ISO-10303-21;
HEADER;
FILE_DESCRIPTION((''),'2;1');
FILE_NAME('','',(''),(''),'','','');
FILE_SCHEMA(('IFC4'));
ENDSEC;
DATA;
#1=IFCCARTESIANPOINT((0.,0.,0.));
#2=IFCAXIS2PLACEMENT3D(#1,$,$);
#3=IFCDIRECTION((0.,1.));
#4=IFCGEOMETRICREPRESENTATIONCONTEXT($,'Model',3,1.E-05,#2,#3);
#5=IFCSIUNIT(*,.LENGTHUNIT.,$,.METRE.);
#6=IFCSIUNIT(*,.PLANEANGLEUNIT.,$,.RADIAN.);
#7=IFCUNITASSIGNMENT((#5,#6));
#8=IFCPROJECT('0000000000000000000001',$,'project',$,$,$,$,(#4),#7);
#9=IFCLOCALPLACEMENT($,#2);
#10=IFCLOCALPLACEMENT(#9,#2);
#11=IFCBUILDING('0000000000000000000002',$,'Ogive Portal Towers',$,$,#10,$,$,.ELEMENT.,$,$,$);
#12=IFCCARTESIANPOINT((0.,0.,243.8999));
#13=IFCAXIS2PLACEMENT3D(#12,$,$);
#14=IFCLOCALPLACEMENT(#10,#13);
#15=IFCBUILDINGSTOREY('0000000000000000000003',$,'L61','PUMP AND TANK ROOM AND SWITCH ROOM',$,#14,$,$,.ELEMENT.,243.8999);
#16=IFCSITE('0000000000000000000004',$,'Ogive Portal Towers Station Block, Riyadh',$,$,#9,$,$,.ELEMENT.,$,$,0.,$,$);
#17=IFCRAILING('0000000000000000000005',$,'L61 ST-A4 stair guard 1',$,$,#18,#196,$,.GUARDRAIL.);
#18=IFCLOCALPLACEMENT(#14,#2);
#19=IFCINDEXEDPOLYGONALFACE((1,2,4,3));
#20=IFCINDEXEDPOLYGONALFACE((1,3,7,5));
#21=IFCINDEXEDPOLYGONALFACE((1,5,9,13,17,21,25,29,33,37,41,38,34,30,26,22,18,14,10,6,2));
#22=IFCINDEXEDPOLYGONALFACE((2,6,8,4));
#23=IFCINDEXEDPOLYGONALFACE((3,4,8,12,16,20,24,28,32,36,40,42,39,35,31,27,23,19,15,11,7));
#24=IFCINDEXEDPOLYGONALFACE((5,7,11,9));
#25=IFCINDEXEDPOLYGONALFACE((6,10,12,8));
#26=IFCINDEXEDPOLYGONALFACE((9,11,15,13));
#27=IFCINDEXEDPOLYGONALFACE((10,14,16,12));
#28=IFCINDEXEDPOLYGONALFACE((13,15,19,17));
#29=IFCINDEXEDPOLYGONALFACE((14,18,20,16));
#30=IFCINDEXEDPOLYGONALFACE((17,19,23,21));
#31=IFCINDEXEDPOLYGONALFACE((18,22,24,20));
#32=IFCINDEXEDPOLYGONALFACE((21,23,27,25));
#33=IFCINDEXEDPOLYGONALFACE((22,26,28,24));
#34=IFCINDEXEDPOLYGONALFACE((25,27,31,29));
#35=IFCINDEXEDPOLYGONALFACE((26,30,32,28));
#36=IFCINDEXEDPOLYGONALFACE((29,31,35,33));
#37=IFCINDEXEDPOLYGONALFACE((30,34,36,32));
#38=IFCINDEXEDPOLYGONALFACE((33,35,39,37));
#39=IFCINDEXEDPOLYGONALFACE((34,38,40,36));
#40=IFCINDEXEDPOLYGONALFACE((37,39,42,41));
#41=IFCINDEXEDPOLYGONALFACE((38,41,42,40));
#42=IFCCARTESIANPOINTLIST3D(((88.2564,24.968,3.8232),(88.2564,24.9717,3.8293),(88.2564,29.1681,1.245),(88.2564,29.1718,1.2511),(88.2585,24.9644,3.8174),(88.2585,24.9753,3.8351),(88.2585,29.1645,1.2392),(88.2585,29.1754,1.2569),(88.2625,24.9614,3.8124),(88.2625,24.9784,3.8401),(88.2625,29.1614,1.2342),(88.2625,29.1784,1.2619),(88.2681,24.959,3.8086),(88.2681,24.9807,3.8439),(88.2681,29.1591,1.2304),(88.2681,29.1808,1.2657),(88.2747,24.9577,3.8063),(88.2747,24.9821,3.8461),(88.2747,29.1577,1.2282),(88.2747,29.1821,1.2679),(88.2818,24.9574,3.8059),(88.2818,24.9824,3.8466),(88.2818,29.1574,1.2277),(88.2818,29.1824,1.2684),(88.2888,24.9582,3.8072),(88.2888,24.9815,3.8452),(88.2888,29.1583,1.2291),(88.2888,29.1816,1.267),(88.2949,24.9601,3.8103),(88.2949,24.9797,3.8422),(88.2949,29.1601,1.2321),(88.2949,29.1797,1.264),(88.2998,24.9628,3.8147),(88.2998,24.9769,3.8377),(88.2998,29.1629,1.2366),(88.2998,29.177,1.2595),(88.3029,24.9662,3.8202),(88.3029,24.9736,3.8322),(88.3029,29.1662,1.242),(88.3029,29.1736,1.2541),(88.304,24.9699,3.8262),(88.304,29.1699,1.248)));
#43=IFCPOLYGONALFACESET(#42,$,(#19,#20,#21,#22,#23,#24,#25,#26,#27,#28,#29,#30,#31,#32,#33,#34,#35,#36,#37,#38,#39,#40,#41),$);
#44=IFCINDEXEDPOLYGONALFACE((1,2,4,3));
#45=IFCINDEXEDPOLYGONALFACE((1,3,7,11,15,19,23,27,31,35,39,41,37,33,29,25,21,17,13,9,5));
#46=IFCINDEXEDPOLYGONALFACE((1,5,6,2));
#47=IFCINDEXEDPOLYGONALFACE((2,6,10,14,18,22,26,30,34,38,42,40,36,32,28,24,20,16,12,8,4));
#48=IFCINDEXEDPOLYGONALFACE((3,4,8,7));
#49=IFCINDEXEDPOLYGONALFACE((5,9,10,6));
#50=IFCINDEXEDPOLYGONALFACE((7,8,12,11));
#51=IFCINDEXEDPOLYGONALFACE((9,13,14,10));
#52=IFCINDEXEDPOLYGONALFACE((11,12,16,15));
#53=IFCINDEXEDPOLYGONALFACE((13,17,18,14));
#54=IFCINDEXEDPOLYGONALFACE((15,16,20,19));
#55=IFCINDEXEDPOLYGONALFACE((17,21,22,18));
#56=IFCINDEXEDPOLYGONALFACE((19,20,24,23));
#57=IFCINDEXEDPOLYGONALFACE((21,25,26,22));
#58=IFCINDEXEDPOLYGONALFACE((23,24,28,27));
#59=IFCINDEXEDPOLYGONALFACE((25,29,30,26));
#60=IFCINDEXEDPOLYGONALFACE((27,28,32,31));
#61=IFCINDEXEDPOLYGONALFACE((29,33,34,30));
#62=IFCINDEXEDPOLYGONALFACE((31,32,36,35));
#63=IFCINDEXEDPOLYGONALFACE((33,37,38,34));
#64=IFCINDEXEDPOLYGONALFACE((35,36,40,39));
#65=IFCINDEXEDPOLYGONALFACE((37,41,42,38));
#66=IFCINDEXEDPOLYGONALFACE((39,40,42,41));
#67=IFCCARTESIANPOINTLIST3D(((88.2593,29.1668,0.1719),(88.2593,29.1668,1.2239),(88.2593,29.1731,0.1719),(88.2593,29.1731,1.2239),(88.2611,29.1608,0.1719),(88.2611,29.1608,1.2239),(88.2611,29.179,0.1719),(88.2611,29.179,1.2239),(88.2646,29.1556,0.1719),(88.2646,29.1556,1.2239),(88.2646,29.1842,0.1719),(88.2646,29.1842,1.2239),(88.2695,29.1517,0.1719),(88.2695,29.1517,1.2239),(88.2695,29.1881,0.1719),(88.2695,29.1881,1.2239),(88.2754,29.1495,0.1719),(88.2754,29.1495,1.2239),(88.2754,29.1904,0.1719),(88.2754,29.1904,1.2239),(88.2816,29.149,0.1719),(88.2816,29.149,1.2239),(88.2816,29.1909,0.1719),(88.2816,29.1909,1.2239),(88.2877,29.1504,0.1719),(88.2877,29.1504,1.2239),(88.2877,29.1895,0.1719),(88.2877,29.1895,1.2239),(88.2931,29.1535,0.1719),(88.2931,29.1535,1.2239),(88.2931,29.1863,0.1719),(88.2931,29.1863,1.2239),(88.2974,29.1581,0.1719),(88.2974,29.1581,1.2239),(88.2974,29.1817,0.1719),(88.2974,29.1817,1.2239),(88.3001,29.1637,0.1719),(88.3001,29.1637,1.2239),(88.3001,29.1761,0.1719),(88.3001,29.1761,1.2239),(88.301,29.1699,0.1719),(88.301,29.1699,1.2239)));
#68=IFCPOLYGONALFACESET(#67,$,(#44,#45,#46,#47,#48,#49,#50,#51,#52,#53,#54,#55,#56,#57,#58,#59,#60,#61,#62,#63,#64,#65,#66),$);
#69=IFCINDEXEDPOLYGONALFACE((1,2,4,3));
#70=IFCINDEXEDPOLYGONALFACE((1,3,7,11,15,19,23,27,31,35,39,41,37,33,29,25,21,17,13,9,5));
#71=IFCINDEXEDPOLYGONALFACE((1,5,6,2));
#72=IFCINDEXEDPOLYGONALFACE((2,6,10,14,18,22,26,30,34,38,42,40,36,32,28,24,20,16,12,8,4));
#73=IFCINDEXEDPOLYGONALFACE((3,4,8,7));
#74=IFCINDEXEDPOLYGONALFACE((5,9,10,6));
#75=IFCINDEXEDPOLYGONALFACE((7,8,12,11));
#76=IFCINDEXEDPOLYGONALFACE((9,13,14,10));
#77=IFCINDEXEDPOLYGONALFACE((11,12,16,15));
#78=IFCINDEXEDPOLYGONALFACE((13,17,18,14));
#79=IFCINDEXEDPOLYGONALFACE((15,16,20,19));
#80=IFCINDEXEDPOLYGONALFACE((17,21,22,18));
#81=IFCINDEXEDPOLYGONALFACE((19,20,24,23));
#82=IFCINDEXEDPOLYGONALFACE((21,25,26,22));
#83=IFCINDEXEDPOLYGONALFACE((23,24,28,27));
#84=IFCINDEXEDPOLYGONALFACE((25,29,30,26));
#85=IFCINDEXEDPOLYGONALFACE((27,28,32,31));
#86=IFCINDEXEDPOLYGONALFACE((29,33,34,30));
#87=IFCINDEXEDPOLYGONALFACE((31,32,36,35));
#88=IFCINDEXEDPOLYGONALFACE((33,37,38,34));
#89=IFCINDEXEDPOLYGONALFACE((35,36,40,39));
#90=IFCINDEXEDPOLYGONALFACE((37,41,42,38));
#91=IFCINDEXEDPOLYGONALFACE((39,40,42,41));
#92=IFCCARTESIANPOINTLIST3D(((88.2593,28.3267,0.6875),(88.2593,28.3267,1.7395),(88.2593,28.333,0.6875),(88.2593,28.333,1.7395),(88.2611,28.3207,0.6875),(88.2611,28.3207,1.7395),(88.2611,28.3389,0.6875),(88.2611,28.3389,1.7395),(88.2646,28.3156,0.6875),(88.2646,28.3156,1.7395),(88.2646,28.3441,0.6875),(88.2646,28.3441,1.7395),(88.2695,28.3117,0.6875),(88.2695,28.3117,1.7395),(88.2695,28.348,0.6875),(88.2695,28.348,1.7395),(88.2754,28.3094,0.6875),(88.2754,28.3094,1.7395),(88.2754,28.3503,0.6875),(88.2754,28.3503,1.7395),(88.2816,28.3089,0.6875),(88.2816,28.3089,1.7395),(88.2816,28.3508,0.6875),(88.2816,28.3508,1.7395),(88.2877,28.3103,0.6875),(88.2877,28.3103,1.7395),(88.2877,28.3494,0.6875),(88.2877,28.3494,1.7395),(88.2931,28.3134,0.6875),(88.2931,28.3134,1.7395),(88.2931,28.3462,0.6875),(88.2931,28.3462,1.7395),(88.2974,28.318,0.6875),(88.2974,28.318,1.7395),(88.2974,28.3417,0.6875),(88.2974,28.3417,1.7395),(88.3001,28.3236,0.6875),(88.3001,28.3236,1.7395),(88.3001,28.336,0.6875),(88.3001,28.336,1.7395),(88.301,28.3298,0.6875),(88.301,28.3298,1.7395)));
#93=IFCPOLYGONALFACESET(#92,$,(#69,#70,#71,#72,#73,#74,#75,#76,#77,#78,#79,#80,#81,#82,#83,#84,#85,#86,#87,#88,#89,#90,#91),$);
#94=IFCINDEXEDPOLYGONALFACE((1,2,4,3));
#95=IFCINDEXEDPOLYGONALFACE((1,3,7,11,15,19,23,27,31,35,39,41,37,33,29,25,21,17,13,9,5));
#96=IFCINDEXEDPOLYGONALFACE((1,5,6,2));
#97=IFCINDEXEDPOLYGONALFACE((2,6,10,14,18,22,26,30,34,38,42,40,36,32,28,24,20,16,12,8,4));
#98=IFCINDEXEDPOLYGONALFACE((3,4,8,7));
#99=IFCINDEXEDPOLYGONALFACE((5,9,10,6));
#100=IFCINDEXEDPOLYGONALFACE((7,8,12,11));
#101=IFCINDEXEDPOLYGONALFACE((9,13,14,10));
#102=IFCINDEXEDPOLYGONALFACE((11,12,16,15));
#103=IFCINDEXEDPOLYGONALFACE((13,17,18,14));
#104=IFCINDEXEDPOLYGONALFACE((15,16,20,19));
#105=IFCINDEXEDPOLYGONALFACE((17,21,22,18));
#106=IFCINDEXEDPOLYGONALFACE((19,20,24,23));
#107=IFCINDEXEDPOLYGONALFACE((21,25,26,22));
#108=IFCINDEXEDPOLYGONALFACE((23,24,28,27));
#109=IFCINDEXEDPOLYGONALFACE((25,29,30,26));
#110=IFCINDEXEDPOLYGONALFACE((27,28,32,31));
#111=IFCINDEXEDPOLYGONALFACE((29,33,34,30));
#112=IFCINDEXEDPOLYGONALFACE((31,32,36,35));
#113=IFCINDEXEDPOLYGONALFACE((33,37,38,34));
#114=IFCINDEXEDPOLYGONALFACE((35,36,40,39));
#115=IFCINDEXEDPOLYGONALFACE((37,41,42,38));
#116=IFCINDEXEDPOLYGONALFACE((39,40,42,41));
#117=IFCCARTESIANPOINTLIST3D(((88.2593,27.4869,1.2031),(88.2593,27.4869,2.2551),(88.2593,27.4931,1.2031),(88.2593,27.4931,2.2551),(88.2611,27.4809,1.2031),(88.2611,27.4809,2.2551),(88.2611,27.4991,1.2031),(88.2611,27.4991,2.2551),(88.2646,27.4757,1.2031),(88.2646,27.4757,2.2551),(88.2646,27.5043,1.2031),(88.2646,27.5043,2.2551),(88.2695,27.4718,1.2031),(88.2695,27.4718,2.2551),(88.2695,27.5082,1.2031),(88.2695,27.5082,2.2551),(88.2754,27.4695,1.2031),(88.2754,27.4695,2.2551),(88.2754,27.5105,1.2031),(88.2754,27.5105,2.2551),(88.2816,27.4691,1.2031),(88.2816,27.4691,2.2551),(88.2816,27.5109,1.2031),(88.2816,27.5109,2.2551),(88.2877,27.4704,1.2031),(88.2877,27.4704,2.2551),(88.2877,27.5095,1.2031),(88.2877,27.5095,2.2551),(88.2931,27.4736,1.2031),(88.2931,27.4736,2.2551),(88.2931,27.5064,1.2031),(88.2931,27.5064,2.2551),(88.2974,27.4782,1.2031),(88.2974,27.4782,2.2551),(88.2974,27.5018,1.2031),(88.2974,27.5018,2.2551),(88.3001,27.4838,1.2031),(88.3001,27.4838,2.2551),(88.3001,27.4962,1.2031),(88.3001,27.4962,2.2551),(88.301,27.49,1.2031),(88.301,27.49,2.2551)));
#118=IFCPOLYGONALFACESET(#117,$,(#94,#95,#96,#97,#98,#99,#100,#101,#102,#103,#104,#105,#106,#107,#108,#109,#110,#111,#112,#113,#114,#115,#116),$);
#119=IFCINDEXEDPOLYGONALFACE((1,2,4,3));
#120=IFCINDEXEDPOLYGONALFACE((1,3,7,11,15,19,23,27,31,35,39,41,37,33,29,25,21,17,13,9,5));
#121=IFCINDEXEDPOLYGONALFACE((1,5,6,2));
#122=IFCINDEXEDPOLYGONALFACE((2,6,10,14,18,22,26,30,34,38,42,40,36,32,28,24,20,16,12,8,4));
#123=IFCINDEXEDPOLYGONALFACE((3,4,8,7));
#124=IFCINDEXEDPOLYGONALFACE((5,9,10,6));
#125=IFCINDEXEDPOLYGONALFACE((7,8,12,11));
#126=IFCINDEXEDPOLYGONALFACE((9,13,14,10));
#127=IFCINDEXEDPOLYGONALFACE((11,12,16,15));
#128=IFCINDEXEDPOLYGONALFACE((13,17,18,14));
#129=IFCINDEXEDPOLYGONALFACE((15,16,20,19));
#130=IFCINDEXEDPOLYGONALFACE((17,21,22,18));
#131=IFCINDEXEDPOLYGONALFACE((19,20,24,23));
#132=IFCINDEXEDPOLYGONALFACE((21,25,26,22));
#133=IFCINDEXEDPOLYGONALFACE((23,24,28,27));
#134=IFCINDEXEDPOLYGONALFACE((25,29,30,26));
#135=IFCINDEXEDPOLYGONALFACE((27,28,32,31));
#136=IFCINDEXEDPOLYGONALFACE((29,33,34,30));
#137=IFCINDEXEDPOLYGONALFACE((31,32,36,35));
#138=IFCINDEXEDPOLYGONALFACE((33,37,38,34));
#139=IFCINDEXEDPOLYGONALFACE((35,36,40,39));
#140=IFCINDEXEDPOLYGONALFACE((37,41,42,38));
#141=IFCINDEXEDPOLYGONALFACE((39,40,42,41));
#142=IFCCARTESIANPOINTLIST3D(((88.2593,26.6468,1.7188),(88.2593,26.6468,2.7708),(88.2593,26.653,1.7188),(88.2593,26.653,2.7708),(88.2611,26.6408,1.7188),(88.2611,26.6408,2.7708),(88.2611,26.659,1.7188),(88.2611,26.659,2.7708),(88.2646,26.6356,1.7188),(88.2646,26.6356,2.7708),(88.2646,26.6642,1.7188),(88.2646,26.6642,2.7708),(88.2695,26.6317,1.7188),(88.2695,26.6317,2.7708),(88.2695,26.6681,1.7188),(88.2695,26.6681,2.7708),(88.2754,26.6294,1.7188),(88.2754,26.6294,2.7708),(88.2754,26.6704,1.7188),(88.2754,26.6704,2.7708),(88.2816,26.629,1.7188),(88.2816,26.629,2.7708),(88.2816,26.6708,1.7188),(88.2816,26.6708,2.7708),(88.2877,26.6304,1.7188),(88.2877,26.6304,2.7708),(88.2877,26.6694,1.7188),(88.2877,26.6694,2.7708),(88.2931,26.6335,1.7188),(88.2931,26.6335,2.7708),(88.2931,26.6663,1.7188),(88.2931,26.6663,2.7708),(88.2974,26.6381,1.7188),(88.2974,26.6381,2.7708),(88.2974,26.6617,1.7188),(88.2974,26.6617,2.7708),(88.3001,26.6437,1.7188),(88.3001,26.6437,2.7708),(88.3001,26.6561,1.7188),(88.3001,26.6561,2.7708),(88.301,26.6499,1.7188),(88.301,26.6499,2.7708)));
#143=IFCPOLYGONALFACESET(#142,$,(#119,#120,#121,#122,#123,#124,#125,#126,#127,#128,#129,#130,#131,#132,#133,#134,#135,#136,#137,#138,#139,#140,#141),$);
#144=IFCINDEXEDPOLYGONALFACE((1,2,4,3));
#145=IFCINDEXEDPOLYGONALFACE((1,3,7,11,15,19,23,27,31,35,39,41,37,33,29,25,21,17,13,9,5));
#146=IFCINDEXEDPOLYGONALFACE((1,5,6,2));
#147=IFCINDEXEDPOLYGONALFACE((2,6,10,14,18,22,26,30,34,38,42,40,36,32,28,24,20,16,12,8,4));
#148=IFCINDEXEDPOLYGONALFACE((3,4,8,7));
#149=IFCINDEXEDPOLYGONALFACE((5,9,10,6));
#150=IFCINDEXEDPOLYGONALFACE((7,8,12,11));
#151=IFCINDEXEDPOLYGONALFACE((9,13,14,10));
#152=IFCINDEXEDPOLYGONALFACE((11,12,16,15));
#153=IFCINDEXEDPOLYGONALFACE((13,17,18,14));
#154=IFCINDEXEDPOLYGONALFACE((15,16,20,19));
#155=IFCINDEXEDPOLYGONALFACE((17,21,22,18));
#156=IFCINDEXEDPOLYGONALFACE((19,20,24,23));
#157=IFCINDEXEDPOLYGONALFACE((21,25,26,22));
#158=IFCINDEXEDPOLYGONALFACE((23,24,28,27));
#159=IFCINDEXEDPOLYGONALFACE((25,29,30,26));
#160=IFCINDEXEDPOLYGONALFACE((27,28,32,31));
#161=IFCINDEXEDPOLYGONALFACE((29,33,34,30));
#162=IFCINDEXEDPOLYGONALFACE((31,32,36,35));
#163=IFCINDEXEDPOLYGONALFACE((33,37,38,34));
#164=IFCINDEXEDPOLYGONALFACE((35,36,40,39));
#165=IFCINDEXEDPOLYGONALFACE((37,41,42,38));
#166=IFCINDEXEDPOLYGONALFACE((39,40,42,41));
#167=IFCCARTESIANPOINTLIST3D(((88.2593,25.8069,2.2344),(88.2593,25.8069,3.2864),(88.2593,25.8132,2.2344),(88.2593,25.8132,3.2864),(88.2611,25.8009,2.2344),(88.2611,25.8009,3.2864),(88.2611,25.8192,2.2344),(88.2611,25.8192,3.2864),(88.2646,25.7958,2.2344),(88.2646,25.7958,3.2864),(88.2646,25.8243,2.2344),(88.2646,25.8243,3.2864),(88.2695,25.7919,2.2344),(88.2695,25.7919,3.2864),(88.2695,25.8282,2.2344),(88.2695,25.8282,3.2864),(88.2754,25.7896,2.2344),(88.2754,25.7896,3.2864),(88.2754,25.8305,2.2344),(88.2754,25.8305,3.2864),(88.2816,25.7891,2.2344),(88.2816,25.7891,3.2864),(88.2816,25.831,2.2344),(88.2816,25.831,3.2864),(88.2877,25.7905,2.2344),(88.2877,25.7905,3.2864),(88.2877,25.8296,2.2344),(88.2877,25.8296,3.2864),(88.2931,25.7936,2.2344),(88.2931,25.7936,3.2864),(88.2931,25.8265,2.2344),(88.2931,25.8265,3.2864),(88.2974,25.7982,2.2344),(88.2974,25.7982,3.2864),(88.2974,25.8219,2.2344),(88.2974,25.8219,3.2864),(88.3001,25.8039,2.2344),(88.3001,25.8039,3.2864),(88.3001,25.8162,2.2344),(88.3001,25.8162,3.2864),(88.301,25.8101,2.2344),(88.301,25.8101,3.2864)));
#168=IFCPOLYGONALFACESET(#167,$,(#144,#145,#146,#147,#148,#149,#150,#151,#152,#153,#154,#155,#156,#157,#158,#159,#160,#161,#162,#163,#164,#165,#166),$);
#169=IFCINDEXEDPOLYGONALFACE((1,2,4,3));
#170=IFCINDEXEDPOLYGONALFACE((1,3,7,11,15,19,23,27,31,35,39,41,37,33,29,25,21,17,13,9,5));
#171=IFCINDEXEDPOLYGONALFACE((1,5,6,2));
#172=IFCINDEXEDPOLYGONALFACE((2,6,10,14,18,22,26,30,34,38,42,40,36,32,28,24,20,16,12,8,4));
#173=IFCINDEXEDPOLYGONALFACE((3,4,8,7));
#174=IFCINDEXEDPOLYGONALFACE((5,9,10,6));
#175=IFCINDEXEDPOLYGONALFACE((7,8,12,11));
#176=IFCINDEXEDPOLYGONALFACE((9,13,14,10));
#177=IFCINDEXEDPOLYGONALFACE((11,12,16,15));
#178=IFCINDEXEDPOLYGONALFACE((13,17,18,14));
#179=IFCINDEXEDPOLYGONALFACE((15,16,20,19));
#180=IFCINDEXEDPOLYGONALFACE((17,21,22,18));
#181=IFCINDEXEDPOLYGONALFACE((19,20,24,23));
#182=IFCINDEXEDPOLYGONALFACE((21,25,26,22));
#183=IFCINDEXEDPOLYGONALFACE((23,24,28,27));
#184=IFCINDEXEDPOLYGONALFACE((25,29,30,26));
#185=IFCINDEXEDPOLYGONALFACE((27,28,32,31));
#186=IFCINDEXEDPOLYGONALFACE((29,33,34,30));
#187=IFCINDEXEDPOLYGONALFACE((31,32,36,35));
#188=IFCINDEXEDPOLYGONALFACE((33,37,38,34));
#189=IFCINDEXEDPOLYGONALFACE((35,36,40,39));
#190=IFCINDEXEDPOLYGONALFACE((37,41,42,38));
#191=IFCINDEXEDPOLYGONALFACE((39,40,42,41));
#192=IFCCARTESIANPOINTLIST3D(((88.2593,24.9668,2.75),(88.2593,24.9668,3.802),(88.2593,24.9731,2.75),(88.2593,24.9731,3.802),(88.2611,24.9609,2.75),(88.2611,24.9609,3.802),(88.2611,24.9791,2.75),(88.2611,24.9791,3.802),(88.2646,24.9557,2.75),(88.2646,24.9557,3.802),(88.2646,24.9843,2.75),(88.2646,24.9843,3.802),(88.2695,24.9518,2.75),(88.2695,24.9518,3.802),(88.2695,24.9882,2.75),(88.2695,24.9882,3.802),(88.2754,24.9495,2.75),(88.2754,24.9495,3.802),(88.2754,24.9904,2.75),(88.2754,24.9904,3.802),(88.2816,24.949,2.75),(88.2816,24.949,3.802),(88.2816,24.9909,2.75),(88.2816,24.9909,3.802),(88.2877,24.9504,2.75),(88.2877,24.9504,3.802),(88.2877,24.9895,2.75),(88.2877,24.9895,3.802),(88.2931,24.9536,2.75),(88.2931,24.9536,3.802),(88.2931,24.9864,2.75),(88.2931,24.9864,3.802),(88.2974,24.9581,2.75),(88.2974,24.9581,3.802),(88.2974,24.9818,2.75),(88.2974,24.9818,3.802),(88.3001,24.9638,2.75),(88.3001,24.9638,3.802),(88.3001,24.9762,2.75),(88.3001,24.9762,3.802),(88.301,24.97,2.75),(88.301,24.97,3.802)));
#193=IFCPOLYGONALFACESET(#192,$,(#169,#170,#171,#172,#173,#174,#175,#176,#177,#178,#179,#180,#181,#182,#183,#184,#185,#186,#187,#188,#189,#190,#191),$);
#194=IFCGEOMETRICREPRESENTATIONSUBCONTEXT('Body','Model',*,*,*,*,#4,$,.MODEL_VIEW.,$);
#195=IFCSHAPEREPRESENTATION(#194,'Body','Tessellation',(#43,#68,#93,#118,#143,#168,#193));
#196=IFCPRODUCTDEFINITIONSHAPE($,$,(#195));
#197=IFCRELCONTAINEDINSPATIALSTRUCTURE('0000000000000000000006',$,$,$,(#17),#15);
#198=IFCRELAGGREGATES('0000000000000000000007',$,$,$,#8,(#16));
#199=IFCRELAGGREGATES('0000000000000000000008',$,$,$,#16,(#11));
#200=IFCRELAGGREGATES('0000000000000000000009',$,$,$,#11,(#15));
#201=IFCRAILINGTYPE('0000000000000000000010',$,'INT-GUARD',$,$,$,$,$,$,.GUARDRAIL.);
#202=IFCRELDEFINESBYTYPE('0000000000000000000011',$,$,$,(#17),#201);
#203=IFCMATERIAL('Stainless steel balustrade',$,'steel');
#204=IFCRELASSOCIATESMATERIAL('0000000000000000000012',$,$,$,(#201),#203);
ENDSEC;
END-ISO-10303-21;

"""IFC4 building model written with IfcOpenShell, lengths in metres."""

from ifc_helpers import new_model, si_unit, direction, frame, origin, origin_2d, place, context, subcontext, project, spatial, circle, extrude, material, type_object, element, save


model = new_model("IFC4")

# Units and contexts
model_context = context("Model", 3, precision=1e-05, world=origin(), true_north=direction((0.0, 1.0)))
body_context = subcontext(model_context, "Body", "Model", "MODEL_VIEW")
ifc_project = project(units=[si_unit("LENGTHUNIT", "METRE"), si_unit("PLANEANGLEUNIT", "RADIAN")], contexts=[model_context])

# Site, building, storey
site_placement = place(None, origin())
site = spatial("IfcSite", under=ifc_project, at=site_placement, Name="Ogive Portal Towers Station Block, Riyadh", CompositionType="ELEMENT", RefElevation=0.0)
building_placement = place(site_placement, origin())
building = spatial("IfcBuilding", under=site, at=building_placement, Name="Ogive Portal Towers", CompositionType="ELEMENT")
storey_placement = place(building_placement, frame((0.0, 0.0, 243.8999)))
storey = spatial("IfcBuildingStorey", under=building, at=storey_placement, Name="L61", Description="PUMP AND TANK ROOM AND SWITCH ROOM", CompositionType="ELEMENT", Elevation=243.8999)

# Railing
ifc_material_1 = material(Name="Stainless steel balustrade", Category="steel")
railing_type_1 = type_object("IfcRailingType", Name="INT-GUARD", PredefinedType="GUARDRAIL", material=ifc_material_1)
railing_1_placement = place(storey_placement, frame((88.28, 29.1699, 0.1719)))
element("IfcRailing", 1, at=railing_1_placement, inside=storey, type_object=railing_type_1, Name="L61 ST-A4 stair guard 1", PredefinedType="GUARDRAIL", context=body_context, shape_type="SweptSolid", body=[
    extrude(circle(Radius=0.0239, at=origin_2d()), frame((0.0, 0.0, 1.0762), z_axis=(0.0, -0.852243, 0.523146), x_axis=(1.0, 0.0, 0.0)), (0.0, 0.0, 1.0), 4.9282),
    extrude(circle(Radius=0.021, at=origin_2d()), origin(), (0.0, 0.0, 1.0), 1.052),
    extrude(circle(Radius=0.021, at=origin_2d()), frame((0.0, -0.8401, 0.5156)), (0.0, 0.0, 1.0), 1.052),
    extrude(circle(Radius=0.021, at=origin_2d()), frame((0.0, -1.6799, 1.0312)), (0.0, 0.0, 1.0), 1.052),
    extrude(circle(Radius=0.021, at=origin_2d()), frame((0.0, -2.52, 1.5469)), (0.0, 0.0, 1.0), 1.052),
    extrude(circle(Radius=0.021, at=origin_2d()), frame((0.0, -3.3599, 2.0625)), (0.0, 0.0, 1.0), 1.052),
    extrude(circle(Radius=0.021, at=origin_2d()), frame((0.0, -4.2, 2.5781)), (0.0, 0.0, 1.0), 1.052),
])

save(model, "model.ifc")
